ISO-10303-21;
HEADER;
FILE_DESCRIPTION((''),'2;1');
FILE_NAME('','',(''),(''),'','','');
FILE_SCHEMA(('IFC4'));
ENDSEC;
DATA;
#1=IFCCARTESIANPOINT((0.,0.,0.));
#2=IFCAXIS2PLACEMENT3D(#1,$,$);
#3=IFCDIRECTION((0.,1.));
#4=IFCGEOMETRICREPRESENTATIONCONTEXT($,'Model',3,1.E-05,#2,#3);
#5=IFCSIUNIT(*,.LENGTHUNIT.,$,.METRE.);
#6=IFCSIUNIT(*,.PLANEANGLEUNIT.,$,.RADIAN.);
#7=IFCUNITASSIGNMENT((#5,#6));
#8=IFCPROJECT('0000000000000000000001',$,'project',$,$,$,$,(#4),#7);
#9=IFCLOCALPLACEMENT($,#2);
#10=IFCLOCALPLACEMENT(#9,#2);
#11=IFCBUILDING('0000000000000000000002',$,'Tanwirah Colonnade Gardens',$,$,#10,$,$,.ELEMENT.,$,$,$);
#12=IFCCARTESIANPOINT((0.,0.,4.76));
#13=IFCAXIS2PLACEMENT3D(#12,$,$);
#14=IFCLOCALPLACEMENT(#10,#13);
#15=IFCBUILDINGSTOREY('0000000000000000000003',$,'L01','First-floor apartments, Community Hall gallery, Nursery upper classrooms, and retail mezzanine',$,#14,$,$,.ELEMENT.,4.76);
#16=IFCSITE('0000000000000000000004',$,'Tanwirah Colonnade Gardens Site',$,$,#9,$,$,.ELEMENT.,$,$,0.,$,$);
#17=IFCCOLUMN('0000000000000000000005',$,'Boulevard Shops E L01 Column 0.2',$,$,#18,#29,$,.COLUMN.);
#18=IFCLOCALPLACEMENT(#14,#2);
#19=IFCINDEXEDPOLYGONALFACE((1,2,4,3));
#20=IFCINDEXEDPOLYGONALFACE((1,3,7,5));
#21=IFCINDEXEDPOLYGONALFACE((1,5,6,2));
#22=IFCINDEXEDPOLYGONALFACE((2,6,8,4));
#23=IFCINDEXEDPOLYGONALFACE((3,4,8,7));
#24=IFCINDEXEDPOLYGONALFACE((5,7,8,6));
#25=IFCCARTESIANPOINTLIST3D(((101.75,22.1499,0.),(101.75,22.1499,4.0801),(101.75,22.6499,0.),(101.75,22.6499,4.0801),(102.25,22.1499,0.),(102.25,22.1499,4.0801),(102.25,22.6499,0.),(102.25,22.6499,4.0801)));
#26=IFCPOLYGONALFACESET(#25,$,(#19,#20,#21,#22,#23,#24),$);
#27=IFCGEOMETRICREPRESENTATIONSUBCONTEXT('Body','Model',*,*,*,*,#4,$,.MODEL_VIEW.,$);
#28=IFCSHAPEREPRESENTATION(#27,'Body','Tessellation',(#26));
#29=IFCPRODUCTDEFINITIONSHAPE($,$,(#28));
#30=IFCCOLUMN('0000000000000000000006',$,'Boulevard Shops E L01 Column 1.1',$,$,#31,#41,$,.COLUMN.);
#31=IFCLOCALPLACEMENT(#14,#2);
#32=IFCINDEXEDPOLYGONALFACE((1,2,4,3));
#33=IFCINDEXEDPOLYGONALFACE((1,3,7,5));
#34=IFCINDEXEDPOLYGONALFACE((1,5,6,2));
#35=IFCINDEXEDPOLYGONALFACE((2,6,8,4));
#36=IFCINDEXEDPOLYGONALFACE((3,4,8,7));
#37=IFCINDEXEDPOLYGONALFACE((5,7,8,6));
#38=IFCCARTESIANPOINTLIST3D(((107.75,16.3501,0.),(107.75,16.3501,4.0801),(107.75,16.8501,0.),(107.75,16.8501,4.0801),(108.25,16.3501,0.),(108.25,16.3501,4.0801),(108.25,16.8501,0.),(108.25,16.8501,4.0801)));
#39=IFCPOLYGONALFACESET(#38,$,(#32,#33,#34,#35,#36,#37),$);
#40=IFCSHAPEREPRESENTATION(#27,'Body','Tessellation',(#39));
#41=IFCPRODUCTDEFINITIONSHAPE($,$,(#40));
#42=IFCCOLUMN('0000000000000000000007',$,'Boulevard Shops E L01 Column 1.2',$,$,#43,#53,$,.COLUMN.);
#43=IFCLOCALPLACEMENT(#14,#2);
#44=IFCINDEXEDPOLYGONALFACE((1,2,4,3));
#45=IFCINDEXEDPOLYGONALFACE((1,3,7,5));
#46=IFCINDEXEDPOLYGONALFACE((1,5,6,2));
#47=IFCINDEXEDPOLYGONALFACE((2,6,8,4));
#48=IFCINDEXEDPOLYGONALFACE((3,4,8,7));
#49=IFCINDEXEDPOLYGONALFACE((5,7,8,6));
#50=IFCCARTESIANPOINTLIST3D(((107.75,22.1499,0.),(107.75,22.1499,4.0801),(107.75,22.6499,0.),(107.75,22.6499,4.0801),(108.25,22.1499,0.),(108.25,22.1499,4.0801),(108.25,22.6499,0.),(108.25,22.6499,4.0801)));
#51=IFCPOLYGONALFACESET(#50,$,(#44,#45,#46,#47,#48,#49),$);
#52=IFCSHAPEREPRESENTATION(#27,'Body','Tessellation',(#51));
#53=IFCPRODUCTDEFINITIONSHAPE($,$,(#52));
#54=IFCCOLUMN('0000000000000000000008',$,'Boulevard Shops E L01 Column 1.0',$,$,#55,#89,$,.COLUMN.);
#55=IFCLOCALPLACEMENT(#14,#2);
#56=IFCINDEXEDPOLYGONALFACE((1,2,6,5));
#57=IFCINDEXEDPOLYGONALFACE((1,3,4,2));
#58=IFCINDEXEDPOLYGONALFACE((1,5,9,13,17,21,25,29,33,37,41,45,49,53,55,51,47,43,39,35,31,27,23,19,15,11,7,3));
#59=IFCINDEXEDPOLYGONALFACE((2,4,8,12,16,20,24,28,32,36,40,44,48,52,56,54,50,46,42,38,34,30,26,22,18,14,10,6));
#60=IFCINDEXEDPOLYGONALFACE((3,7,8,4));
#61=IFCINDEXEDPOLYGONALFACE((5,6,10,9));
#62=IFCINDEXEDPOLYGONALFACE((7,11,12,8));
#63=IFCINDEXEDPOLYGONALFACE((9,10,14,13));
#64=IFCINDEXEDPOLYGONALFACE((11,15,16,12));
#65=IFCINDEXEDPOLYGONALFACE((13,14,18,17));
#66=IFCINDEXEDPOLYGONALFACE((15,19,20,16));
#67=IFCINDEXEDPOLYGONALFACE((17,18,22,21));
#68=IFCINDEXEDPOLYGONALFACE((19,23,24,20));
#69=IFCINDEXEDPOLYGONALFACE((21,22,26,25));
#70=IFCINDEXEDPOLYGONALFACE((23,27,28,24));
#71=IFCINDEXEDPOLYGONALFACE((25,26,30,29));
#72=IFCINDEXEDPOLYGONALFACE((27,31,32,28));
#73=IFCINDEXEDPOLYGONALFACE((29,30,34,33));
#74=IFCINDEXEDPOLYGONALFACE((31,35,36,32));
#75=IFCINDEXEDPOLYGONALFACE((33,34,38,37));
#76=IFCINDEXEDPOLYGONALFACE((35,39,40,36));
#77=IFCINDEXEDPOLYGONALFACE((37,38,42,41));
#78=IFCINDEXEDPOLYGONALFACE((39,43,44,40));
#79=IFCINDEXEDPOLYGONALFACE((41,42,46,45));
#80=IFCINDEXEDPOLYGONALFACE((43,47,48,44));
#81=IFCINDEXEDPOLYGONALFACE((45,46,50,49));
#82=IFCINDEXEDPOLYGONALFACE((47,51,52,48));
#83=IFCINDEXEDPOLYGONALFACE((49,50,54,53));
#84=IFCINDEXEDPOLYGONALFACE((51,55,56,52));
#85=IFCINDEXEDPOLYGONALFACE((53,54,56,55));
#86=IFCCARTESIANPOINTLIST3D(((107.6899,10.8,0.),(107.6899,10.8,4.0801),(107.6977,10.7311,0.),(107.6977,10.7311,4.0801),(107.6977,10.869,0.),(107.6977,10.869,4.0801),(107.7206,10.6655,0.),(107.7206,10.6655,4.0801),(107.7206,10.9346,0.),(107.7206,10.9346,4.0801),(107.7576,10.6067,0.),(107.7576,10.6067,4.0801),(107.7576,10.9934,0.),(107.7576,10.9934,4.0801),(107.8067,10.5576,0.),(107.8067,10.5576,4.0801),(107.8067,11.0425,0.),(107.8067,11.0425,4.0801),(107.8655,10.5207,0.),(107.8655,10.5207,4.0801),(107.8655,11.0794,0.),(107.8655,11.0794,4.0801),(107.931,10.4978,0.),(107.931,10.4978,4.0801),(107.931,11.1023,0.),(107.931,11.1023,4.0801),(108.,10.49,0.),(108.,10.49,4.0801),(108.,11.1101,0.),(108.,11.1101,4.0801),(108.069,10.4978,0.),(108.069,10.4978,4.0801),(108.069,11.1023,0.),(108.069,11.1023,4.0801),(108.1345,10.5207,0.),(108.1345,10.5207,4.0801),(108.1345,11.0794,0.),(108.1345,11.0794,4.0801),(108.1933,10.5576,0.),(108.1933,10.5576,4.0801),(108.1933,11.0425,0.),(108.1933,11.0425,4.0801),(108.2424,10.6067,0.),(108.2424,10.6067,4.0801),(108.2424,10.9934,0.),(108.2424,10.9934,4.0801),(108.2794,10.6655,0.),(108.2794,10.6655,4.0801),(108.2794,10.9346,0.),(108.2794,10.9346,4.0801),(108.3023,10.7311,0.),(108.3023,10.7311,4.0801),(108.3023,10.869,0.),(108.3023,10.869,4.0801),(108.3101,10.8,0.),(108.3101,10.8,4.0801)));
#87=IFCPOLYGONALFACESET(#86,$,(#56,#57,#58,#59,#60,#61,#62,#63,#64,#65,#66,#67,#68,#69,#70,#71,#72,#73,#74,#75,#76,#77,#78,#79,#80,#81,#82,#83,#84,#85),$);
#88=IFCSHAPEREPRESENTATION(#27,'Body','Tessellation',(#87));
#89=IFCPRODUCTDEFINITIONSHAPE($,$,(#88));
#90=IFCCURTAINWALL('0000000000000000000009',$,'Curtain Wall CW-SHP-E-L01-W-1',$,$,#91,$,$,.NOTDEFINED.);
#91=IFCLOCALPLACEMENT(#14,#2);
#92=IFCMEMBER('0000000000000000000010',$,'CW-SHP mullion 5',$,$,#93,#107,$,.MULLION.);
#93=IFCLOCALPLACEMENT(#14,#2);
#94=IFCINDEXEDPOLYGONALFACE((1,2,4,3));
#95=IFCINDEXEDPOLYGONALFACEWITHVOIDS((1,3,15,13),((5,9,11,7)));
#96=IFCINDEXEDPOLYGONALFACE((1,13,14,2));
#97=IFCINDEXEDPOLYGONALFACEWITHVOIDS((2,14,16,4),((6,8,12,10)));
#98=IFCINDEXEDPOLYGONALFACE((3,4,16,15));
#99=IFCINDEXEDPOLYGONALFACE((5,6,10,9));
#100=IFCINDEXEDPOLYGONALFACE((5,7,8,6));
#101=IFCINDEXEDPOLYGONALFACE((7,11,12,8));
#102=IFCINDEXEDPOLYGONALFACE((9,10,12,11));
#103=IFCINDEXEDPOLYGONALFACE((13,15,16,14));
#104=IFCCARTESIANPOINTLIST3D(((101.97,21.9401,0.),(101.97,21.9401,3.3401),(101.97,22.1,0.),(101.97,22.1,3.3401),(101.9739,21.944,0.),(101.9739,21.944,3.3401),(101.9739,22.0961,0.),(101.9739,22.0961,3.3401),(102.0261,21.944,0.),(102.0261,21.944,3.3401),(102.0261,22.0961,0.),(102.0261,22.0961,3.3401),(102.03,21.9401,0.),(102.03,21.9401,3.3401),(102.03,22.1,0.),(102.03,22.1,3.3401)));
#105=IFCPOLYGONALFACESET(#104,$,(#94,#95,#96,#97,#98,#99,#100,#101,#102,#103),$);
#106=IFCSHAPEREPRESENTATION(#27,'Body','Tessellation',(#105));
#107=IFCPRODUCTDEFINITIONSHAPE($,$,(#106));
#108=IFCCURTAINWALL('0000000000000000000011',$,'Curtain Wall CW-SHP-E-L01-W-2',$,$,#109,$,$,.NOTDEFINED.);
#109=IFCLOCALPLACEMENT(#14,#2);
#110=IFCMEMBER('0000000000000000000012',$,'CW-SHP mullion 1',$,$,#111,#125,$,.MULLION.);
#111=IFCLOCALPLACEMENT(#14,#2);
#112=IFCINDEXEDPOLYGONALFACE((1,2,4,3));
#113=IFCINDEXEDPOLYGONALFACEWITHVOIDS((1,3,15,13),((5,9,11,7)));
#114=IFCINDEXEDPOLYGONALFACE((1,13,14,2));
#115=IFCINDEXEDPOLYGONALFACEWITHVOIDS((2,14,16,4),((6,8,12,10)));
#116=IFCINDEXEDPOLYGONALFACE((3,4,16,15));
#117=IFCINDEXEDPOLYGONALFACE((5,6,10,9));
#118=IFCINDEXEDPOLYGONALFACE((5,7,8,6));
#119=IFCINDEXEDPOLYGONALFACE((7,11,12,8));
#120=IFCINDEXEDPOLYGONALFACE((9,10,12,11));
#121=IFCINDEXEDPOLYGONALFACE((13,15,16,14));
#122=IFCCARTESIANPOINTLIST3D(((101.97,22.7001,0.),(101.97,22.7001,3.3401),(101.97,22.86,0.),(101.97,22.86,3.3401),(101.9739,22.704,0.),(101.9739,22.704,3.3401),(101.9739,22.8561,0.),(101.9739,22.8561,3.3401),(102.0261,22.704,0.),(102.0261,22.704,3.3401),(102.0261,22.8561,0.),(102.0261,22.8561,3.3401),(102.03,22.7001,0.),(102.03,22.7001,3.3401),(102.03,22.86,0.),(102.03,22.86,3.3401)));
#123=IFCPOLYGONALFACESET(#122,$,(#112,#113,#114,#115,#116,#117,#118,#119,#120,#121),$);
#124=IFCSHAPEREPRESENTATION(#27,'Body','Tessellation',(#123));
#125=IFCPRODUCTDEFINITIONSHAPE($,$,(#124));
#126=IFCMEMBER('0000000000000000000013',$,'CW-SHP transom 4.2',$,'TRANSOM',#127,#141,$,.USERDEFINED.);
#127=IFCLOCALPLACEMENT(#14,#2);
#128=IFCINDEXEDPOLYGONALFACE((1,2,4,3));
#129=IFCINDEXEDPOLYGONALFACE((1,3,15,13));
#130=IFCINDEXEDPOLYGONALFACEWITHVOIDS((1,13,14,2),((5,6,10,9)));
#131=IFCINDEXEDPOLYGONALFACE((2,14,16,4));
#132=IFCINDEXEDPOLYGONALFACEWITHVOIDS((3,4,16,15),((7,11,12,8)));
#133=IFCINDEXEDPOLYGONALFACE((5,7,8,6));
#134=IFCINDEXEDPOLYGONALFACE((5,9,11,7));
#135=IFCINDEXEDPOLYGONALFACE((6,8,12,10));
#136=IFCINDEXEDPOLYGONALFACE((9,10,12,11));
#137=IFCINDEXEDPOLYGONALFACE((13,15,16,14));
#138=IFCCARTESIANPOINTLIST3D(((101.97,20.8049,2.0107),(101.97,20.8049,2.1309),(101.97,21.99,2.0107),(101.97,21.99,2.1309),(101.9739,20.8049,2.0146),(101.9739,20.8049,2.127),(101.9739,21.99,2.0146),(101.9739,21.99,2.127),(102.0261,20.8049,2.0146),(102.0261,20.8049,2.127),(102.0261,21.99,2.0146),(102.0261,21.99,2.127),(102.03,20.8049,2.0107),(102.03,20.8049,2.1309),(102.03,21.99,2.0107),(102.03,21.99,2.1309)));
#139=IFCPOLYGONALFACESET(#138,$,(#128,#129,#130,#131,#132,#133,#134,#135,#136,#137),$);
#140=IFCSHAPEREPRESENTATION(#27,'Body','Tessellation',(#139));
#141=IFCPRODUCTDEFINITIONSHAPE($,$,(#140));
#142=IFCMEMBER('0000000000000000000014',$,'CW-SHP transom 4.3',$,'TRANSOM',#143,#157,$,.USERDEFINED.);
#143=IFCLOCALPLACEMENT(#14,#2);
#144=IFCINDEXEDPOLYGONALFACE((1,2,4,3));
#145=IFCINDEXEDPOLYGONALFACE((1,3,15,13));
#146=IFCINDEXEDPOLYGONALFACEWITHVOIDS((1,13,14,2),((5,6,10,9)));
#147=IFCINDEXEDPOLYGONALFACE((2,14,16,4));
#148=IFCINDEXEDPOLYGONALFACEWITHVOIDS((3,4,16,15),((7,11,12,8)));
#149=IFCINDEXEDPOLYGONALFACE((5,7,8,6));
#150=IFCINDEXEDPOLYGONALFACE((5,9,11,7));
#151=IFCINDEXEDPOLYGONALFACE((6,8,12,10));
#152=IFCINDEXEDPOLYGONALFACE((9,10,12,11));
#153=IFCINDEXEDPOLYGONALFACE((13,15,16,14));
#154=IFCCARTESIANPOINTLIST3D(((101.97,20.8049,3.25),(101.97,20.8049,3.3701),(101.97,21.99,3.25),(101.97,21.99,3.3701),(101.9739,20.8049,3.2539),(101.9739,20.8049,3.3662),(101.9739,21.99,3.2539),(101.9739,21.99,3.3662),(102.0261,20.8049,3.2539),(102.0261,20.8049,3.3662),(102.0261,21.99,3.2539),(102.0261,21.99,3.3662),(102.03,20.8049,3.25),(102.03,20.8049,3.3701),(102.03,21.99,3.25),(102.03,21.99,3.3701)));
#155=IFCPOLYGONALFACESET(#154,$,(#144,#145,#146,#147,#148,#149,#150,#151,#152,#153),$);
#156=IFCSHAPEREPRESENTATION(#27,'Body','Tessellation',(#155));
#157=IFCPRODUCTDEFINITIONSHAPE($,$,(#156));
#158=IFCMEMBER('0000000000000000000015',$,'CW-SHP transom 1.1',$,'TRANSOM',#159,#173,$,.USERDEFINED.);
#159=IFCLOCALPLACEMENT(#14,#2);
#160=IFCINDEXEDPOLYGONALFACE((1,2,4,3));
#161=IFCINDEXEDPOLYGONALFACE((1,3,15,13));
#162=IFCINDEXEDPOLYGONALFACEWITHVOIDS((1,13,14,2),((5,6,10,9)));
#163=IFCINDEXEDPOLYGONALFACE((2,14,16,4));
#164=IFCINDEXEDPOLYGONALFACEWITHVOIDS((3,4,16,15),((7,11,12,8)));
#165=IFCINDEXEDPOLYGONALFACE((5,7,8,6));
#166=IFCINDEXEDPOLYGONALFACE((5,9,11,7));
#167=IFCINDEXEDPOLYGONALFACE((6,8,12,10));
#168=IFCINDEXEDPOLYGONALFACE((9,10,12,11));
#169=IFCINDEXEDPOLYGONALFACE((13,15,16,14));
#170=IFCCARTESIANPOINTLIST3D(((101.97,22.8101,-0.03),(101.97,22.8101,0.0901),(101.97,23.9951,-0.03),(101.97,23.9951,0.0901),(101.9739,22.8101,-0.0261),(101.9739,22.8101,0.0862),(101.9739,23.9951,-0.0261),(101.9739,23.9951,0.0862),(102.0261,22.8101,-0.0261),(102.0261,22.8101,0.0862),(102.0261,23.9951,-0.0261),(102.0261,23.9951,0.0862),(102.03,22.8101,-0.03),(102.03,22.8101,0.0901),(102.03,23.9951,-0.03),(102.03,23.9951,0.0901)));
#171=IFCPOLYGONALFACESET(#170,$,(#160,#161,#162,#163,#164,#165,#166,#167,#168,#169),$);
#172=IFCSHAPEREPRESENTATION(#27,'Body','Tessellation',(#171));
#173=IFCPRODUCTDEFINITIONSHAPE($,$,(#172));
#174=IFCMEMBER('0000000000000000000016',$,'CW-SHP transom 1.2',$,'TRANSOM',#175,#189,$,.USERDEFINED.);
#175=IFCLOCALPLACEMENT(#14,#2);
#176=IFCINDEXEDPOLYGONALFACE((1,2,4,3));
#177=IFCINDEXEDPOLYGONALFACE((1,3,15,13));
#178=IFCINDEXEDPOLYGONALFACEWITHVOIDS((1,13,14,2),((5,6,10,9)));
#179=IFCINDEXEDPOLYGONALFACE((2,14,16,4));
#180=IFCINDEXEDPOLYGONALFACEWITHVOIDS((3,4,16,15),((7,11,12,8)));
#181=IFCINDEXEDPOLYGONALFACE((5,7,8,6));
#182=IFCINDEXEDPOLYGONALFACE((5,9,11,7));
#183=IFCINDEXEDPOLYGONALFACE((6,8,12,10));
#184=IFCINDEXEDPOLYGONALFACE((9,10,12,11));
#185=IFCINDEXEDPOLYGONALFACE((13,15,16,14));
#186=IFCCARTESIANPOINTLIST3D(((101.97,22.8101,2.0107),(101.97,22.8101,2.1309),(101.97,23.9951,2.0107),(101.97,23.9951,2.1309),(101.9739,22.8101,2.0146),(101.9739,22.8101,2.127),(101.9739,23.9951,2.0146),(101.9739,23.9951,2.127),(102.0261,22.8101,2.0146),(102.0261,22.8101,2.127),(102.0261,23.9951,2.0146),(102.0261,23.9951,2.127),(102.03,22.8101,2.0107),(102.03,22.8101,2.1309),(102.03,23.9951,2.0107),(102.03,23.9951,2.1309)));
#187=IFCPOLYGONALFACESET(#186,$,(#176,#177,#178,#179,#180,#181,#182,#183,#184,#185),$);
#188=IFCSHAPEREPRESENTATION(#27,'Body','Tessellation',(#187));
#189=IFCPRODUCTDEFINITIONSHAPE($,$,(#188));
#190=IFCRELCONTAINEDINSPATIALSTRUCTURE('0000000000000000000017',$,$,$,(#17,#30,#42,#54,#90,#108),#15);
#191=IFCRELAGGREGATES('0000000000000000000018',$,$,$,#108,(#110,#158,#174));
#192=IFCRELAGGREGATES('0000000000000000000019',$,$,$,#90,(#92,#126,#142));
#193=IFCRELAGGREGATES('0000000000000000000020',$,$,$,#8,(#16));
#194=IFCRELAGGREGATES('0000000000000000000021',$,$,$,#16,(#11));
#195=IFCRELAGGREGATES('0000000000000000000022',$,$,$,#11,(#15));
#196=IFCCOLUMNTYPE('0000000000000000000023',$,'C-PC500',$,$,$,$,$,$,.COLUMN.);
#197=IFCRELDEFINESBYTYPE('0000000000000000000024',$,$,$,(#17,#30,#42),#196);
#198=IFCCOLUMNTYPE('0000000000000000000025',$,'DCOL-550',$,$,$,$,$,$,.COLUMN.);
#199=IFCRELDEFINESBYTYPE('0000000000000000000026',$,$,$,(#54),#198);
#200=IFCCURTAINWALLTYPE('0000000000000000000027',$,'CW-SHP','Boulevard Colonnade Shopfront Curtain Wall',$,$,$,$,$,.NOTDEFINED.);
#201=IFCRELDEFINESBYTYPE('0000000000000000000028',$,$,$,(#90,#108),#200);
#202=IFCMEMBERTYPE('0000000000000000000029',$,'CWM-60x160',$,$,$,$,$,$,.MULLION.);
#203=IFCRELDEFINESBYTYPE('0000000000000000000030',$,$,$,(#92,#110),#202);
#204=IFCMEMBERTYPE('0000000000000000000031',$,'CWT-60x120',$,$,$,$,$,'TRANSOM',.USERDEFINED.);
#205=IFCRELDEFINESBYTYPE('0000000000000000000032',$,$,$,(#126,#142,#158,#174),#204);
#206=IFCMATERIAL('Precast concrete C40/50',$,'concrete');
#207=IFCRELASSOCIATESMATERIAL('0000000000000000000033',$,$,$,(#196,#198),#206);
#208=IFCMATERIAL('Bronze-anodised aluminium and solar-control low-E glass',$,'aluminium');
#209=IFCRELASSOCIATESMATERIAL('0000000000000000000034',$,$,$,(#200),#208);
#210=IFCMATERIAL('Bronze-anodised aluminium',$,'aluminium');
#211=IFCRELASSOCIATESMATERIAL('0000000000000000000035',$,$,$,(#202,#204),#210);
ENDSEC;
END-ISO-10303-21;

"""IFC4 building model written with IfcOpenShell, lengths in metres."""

from ifc_helpers import new_model, si_unit, direction, frame, origin, origin_2d, place, context, subcontext, project, spatial, rectangle, hollow_rectangle, circle, extrude, material, material_profile, profile_set, type_object, element, aggregate, save


model = new_model("IFC4")

# Units and contexts
model_context = context("Model", 3, precision=1e-05, world=origin(), true_north=direction((0.0, 1.0)))
body_context = subcontext(model_context, "Body", "Model", "MODEL_VIEW")
ifc_project = project(units=[si_unit("LENGTHUNIT", "METRE"), si_unit("PLANEANGLEUNIT", "RADIAN")], contexts=[model_context])

# Site, building, storey
site_placement = place(None, origin())
site = spatial("IfcSite", under=ifc_project, at=site_placement, Name="Tanwirah Colonnade Gardens Site", CompositionType="ELEMENT", RefElevation=0.0)
building_placement = place(site_placement, origin())
building = spatial("IfcBuilding", under=site, at=building_placement, Name="Tanwirah Colonnade Gardens", CompositionType="ELEMENT")
storey_placement = place(building_placement, frame((0.0, 0.0, 4.76)))
storey = spatial("IfcBuildingStorey", under=building, at=storey_placement, Name="L01", Description="First-floor apartments, Community Hall gallery, Nursery upper classrooms, and retail mezzanine", CompositionType="ELEMENT", Elevation=4.76)

# Columns
ifc_material_1 = material(Name="Precast concrete C40/50", Category="concrete")
ifc_material_profile_1 = material_profile(ifc_material_1, rectangle(XDim=0.5, YDim=0.5, at=origin_2d()), Name="PC-COL 500x500")
ifc_profile_set_1 = profile_set([ifc_material_profile_1], Name="Precast concrete C40/50")
column_type_1 = type_object("IfcColumnType", Name="C-PC500", PredefinedType="COLUMN", material=ifc_profile_set_1)
for number, where, z_axis, x_axis, name in (
    (1, (102.0, 22.3999, 0.0), (0.0, 0.0, 1.0), (1.0, 0.0, 0.0), "Boulevard Shops E L01 Column 0.2"),
    (2, (108.0, 16.6001, 0.0), (0.0, 0.0, 1.0), (1.0, 0.0, 0.0), "Boulevard Shops E L01 Column 1.1"),
    (3, (108.0, 22.3999, 0.0), (0.0, 0.0, 1.0), (1.0, 0.0, 0.0), "Boulevard Shops E L01 Column 1.2"),
):
    element("IfcColumn", number, at=place(storey_placement, frame(where, z_axis=z_axis, x_axis=x_axis)), inside=storey, type_object=column_type_1, Name=name, PredefinedType="COLUMN", context=body_context, shape_type="SweptSolid", body=[
        extrude(rectangle(XDim=0.5, YDim=0.5, at=origin_2d()), origin(), (0.0, 0.0, 1.0), 4.0801),
    ])
ifc_material_profile_2 = material_profile(ifc_material_1, circle(Radius=0.3101, at=origin_2d()), Name="PC-DCOL D620")
ifc_profile_set_2 = profile_set([ifc_material_profile_2], Name="Precast concrete C40/50")
column_type_2 = type_object("IfcColumnType", Name="DCOL-550", PredefinedType="COLUMN", material=ifc_profile_set_2)
column_placement = place(storey_placement, frame((108.0, 10.8, 0.0), z_axis=(0.0, 0.0, 1.0), x_axis=(1.0, 0.0, 0.0)))
element("IfcColumn", 4, at=column_placement, inside=storey, type_object=column_type_2, Name="Boulevard Shops E L01 Column 1.0", PredefinedType="COLUMN", context=body_context, shape_type="SweptSolid", body=[
    extrude(circle(Radius=0.3101, at=origin_2d()), origin(), (0.0, 0.0, 1.0), 4.0801),
])

# Curtain walls, members
ifc_material_2 = material(Name="Bronze-anodised aluminium and solar-control low-E glass", Category="aluminium")
curtain_wall_type = type_object("IfcCurtainWallType", Name="CW-SHP", Description="Boulevard Colonnade Shopfront Curtain Wall", PredefinedType="NOTDEFINED", material=ifc_material_2)
curtain_wall_1_placement = place(storey_placement, origin())
curtain_wall_1 = element("IfcCurtainWall", 5, at=curtain_wall_1_placement, inside=storey, type_object=curtain_wall_type, Name="Curtain Wall CW-SHP-E-L01-W-1", PredefinedType="NOTDEFINED")
ifc_material_3 = material(Name="Bronze-anodised aluminium", Category="aluminium")
ifc_material_profile_3 = material_profile(ifc_material_3, hollow_rectangle(XDim=0.0601, YDim=0.1599, WallThickness=0.0039, at=origin_2d()), Name="CW-MUL 60x160x4")
ifc_profile_set_3 = profile_set([ifc_material_profile_3], Name="Bronze-anodised aluminium")
member_type_1 = type_object("IfcMemberType", Name="CWM-60x160", PredefinedType="MULLION", material=ifc_profile_set_3)
member_1_placement = place(storey_placement, frame((102.0, 22.02, 0.0), z_axis=(0.0, 0.0, 1.0), x_axis=(-1.0, 0.0, 0.0)))
member_1 = element("IfcMember", 6, at=member_1_placement, type_object=member_type_1, Name="CW-SHP mullion 5", PredefinedType="MULLION", context=body_context, shape_type="SweptSolid", body=[
    extrude(hollow_rectangle(XDim=0.0601, YDim=0.1599, WallThickness=0.0039, at=origin_2d()), origin(), (0.0, 0.0, 1.0), 3.3401),
])
curtain_wall_2_placement = place(storey_placement, origin())
curtain_wall_2 = element("IfcCurtainWall", 7, at=curtain_wall_2_placement, inside=storey, type_object=curtain_wall_type, Name="Curtain Wall CW-SHP-E-L01-W-2", PredefinedType="NOTDEFINED")
member_2_placement = place(storey_placement, frame((102.0, 22.78, 0.0), z_axis=(0.0, 0.0, 1.0), x_axis=(-1.0, 0.0, 0.0)))
member_2 = element("IfcMember", 8, at=member_2_placement, type_object=member_type_1, Name="CW-SHP mullion 1", PredefinedType="MULLION", context=body_context, shape_type="SweptSolid", body=[
    extrude(hollow_rectangle(XDim=0.0601, YDim=0.1599, WallThickness=0.0039, at=origin_2d()), origin(), (0.0, 0.0, 1.0), 3.3401),
])

# Members
ifc_material_profile_4 = material_profile(ifc_material_3, hollow_rectangle(XDim=0.0601, YDim=0.1201, WallThickness=0.0039, at=origin_2d()), Name="CW-TRN 60x120x4")
ifc_profile_set_4 = profile_set([ifc_material_profile_4], Name="Bronze-anodised aluminium")
member_type_2 = type_object("IfcMemberType", Name="CWT-60x120", ElementType="TRANSOM", PredefinedType="USERDEFINED", material=ifc_profile_set_4)
member_3_placement = place(storey_placement, frame((102.0, 20.8049, 2.0708), z_axis=(0.0, 1.0, 0.0), x_axis=(-1.0, 0.0, 0.0)))
member_3 = element("IfcMember", 9, at=member_3_placement, type_object=member_type_2, Name="CW-SHP transom 4.2", ObjectType="TRANSOM", PredefinedType="USERDEFINED", context=body_context, shape_type="SweptSolid", body=[
    extrude(hollow_rectangle(XDim=0.0601, YDim=0.1201, WallThickness=0.0039, at=origin_2d()), origin(), (0.0, 0.0, 1.0), 1.1851),
])
member_4_placement = place(storey_placement, frame((102.0, 20.8049, 3.3101), z_axis=(0.0, 1.0, 0.0), x_axis=(-1.0, 0.0, 0.0)))
member_4 = element("IfcMember", 10, at=member_4_placement, type_object=member_type_2, Name="CW-SHP transom 4.3", ObjectType="TRANSOM", PredefinedType="USERDEFINED", context=body_context, shape_type="SweptSolid", body=[
    extrude(hollow_rectangle(XDim=0.0601, YDim=0.1201, WallThickness=0.0039, at=origin_2d()), origin(), (0.0, 0.0, 1.0), 1.1851),
])
member_5_placement = place(storey_placement, frame((102.0, 22.8101, 0.03), z_axis=(0.0, 1.0, 0.0), x_axis=(-1.0, 0.0, 0.0)))
member_5 = element("IfcMember", 11, at=member_5_placement, type_object=member_type_2, Name="CW-SHP transom 1.1", ObjectType="TRANSOM", PredefinedType="USERDEFINED", context=body_context, shape_type="SweptSolid", body=[
    extrude(hollow_rectangle(XDim=0.0601, YDim=0.1201, WallThickness=0.0039, at=origin_2d()), origin(), (0.0, 0.0, 1.0), 1.1851),
])
member_6_placement = place(storey_placement, frame((102.0, 22.8101, 2.0708), z_axis=(0.0, 1.0, 0.0), x_axis=(-1.0, 0.0, 0.0)))
member_6 = element("IfcMember", 12, at=member_6_placement, type_object=member_type_2, Name="CW-SHP transom 1.2", ObjectType="TRANSOM", PredefinedType="USERDEFINED", context=body_context, shape_type="SweptSolid", body=[
    extrude(hollow_rectangle(XDim=0.0601, YDim=0.1201, WallThickness=0.0039, at=origin_2d()), origin(), (0.0, 0.0, 1.0), 1.1851),
])
aggregate(curtain_wall_2, [member_2, member_5, member_6])

aggregate(curtain_wall_1, [member_1, member_3, member_4])

save(model, "model.ifc")
